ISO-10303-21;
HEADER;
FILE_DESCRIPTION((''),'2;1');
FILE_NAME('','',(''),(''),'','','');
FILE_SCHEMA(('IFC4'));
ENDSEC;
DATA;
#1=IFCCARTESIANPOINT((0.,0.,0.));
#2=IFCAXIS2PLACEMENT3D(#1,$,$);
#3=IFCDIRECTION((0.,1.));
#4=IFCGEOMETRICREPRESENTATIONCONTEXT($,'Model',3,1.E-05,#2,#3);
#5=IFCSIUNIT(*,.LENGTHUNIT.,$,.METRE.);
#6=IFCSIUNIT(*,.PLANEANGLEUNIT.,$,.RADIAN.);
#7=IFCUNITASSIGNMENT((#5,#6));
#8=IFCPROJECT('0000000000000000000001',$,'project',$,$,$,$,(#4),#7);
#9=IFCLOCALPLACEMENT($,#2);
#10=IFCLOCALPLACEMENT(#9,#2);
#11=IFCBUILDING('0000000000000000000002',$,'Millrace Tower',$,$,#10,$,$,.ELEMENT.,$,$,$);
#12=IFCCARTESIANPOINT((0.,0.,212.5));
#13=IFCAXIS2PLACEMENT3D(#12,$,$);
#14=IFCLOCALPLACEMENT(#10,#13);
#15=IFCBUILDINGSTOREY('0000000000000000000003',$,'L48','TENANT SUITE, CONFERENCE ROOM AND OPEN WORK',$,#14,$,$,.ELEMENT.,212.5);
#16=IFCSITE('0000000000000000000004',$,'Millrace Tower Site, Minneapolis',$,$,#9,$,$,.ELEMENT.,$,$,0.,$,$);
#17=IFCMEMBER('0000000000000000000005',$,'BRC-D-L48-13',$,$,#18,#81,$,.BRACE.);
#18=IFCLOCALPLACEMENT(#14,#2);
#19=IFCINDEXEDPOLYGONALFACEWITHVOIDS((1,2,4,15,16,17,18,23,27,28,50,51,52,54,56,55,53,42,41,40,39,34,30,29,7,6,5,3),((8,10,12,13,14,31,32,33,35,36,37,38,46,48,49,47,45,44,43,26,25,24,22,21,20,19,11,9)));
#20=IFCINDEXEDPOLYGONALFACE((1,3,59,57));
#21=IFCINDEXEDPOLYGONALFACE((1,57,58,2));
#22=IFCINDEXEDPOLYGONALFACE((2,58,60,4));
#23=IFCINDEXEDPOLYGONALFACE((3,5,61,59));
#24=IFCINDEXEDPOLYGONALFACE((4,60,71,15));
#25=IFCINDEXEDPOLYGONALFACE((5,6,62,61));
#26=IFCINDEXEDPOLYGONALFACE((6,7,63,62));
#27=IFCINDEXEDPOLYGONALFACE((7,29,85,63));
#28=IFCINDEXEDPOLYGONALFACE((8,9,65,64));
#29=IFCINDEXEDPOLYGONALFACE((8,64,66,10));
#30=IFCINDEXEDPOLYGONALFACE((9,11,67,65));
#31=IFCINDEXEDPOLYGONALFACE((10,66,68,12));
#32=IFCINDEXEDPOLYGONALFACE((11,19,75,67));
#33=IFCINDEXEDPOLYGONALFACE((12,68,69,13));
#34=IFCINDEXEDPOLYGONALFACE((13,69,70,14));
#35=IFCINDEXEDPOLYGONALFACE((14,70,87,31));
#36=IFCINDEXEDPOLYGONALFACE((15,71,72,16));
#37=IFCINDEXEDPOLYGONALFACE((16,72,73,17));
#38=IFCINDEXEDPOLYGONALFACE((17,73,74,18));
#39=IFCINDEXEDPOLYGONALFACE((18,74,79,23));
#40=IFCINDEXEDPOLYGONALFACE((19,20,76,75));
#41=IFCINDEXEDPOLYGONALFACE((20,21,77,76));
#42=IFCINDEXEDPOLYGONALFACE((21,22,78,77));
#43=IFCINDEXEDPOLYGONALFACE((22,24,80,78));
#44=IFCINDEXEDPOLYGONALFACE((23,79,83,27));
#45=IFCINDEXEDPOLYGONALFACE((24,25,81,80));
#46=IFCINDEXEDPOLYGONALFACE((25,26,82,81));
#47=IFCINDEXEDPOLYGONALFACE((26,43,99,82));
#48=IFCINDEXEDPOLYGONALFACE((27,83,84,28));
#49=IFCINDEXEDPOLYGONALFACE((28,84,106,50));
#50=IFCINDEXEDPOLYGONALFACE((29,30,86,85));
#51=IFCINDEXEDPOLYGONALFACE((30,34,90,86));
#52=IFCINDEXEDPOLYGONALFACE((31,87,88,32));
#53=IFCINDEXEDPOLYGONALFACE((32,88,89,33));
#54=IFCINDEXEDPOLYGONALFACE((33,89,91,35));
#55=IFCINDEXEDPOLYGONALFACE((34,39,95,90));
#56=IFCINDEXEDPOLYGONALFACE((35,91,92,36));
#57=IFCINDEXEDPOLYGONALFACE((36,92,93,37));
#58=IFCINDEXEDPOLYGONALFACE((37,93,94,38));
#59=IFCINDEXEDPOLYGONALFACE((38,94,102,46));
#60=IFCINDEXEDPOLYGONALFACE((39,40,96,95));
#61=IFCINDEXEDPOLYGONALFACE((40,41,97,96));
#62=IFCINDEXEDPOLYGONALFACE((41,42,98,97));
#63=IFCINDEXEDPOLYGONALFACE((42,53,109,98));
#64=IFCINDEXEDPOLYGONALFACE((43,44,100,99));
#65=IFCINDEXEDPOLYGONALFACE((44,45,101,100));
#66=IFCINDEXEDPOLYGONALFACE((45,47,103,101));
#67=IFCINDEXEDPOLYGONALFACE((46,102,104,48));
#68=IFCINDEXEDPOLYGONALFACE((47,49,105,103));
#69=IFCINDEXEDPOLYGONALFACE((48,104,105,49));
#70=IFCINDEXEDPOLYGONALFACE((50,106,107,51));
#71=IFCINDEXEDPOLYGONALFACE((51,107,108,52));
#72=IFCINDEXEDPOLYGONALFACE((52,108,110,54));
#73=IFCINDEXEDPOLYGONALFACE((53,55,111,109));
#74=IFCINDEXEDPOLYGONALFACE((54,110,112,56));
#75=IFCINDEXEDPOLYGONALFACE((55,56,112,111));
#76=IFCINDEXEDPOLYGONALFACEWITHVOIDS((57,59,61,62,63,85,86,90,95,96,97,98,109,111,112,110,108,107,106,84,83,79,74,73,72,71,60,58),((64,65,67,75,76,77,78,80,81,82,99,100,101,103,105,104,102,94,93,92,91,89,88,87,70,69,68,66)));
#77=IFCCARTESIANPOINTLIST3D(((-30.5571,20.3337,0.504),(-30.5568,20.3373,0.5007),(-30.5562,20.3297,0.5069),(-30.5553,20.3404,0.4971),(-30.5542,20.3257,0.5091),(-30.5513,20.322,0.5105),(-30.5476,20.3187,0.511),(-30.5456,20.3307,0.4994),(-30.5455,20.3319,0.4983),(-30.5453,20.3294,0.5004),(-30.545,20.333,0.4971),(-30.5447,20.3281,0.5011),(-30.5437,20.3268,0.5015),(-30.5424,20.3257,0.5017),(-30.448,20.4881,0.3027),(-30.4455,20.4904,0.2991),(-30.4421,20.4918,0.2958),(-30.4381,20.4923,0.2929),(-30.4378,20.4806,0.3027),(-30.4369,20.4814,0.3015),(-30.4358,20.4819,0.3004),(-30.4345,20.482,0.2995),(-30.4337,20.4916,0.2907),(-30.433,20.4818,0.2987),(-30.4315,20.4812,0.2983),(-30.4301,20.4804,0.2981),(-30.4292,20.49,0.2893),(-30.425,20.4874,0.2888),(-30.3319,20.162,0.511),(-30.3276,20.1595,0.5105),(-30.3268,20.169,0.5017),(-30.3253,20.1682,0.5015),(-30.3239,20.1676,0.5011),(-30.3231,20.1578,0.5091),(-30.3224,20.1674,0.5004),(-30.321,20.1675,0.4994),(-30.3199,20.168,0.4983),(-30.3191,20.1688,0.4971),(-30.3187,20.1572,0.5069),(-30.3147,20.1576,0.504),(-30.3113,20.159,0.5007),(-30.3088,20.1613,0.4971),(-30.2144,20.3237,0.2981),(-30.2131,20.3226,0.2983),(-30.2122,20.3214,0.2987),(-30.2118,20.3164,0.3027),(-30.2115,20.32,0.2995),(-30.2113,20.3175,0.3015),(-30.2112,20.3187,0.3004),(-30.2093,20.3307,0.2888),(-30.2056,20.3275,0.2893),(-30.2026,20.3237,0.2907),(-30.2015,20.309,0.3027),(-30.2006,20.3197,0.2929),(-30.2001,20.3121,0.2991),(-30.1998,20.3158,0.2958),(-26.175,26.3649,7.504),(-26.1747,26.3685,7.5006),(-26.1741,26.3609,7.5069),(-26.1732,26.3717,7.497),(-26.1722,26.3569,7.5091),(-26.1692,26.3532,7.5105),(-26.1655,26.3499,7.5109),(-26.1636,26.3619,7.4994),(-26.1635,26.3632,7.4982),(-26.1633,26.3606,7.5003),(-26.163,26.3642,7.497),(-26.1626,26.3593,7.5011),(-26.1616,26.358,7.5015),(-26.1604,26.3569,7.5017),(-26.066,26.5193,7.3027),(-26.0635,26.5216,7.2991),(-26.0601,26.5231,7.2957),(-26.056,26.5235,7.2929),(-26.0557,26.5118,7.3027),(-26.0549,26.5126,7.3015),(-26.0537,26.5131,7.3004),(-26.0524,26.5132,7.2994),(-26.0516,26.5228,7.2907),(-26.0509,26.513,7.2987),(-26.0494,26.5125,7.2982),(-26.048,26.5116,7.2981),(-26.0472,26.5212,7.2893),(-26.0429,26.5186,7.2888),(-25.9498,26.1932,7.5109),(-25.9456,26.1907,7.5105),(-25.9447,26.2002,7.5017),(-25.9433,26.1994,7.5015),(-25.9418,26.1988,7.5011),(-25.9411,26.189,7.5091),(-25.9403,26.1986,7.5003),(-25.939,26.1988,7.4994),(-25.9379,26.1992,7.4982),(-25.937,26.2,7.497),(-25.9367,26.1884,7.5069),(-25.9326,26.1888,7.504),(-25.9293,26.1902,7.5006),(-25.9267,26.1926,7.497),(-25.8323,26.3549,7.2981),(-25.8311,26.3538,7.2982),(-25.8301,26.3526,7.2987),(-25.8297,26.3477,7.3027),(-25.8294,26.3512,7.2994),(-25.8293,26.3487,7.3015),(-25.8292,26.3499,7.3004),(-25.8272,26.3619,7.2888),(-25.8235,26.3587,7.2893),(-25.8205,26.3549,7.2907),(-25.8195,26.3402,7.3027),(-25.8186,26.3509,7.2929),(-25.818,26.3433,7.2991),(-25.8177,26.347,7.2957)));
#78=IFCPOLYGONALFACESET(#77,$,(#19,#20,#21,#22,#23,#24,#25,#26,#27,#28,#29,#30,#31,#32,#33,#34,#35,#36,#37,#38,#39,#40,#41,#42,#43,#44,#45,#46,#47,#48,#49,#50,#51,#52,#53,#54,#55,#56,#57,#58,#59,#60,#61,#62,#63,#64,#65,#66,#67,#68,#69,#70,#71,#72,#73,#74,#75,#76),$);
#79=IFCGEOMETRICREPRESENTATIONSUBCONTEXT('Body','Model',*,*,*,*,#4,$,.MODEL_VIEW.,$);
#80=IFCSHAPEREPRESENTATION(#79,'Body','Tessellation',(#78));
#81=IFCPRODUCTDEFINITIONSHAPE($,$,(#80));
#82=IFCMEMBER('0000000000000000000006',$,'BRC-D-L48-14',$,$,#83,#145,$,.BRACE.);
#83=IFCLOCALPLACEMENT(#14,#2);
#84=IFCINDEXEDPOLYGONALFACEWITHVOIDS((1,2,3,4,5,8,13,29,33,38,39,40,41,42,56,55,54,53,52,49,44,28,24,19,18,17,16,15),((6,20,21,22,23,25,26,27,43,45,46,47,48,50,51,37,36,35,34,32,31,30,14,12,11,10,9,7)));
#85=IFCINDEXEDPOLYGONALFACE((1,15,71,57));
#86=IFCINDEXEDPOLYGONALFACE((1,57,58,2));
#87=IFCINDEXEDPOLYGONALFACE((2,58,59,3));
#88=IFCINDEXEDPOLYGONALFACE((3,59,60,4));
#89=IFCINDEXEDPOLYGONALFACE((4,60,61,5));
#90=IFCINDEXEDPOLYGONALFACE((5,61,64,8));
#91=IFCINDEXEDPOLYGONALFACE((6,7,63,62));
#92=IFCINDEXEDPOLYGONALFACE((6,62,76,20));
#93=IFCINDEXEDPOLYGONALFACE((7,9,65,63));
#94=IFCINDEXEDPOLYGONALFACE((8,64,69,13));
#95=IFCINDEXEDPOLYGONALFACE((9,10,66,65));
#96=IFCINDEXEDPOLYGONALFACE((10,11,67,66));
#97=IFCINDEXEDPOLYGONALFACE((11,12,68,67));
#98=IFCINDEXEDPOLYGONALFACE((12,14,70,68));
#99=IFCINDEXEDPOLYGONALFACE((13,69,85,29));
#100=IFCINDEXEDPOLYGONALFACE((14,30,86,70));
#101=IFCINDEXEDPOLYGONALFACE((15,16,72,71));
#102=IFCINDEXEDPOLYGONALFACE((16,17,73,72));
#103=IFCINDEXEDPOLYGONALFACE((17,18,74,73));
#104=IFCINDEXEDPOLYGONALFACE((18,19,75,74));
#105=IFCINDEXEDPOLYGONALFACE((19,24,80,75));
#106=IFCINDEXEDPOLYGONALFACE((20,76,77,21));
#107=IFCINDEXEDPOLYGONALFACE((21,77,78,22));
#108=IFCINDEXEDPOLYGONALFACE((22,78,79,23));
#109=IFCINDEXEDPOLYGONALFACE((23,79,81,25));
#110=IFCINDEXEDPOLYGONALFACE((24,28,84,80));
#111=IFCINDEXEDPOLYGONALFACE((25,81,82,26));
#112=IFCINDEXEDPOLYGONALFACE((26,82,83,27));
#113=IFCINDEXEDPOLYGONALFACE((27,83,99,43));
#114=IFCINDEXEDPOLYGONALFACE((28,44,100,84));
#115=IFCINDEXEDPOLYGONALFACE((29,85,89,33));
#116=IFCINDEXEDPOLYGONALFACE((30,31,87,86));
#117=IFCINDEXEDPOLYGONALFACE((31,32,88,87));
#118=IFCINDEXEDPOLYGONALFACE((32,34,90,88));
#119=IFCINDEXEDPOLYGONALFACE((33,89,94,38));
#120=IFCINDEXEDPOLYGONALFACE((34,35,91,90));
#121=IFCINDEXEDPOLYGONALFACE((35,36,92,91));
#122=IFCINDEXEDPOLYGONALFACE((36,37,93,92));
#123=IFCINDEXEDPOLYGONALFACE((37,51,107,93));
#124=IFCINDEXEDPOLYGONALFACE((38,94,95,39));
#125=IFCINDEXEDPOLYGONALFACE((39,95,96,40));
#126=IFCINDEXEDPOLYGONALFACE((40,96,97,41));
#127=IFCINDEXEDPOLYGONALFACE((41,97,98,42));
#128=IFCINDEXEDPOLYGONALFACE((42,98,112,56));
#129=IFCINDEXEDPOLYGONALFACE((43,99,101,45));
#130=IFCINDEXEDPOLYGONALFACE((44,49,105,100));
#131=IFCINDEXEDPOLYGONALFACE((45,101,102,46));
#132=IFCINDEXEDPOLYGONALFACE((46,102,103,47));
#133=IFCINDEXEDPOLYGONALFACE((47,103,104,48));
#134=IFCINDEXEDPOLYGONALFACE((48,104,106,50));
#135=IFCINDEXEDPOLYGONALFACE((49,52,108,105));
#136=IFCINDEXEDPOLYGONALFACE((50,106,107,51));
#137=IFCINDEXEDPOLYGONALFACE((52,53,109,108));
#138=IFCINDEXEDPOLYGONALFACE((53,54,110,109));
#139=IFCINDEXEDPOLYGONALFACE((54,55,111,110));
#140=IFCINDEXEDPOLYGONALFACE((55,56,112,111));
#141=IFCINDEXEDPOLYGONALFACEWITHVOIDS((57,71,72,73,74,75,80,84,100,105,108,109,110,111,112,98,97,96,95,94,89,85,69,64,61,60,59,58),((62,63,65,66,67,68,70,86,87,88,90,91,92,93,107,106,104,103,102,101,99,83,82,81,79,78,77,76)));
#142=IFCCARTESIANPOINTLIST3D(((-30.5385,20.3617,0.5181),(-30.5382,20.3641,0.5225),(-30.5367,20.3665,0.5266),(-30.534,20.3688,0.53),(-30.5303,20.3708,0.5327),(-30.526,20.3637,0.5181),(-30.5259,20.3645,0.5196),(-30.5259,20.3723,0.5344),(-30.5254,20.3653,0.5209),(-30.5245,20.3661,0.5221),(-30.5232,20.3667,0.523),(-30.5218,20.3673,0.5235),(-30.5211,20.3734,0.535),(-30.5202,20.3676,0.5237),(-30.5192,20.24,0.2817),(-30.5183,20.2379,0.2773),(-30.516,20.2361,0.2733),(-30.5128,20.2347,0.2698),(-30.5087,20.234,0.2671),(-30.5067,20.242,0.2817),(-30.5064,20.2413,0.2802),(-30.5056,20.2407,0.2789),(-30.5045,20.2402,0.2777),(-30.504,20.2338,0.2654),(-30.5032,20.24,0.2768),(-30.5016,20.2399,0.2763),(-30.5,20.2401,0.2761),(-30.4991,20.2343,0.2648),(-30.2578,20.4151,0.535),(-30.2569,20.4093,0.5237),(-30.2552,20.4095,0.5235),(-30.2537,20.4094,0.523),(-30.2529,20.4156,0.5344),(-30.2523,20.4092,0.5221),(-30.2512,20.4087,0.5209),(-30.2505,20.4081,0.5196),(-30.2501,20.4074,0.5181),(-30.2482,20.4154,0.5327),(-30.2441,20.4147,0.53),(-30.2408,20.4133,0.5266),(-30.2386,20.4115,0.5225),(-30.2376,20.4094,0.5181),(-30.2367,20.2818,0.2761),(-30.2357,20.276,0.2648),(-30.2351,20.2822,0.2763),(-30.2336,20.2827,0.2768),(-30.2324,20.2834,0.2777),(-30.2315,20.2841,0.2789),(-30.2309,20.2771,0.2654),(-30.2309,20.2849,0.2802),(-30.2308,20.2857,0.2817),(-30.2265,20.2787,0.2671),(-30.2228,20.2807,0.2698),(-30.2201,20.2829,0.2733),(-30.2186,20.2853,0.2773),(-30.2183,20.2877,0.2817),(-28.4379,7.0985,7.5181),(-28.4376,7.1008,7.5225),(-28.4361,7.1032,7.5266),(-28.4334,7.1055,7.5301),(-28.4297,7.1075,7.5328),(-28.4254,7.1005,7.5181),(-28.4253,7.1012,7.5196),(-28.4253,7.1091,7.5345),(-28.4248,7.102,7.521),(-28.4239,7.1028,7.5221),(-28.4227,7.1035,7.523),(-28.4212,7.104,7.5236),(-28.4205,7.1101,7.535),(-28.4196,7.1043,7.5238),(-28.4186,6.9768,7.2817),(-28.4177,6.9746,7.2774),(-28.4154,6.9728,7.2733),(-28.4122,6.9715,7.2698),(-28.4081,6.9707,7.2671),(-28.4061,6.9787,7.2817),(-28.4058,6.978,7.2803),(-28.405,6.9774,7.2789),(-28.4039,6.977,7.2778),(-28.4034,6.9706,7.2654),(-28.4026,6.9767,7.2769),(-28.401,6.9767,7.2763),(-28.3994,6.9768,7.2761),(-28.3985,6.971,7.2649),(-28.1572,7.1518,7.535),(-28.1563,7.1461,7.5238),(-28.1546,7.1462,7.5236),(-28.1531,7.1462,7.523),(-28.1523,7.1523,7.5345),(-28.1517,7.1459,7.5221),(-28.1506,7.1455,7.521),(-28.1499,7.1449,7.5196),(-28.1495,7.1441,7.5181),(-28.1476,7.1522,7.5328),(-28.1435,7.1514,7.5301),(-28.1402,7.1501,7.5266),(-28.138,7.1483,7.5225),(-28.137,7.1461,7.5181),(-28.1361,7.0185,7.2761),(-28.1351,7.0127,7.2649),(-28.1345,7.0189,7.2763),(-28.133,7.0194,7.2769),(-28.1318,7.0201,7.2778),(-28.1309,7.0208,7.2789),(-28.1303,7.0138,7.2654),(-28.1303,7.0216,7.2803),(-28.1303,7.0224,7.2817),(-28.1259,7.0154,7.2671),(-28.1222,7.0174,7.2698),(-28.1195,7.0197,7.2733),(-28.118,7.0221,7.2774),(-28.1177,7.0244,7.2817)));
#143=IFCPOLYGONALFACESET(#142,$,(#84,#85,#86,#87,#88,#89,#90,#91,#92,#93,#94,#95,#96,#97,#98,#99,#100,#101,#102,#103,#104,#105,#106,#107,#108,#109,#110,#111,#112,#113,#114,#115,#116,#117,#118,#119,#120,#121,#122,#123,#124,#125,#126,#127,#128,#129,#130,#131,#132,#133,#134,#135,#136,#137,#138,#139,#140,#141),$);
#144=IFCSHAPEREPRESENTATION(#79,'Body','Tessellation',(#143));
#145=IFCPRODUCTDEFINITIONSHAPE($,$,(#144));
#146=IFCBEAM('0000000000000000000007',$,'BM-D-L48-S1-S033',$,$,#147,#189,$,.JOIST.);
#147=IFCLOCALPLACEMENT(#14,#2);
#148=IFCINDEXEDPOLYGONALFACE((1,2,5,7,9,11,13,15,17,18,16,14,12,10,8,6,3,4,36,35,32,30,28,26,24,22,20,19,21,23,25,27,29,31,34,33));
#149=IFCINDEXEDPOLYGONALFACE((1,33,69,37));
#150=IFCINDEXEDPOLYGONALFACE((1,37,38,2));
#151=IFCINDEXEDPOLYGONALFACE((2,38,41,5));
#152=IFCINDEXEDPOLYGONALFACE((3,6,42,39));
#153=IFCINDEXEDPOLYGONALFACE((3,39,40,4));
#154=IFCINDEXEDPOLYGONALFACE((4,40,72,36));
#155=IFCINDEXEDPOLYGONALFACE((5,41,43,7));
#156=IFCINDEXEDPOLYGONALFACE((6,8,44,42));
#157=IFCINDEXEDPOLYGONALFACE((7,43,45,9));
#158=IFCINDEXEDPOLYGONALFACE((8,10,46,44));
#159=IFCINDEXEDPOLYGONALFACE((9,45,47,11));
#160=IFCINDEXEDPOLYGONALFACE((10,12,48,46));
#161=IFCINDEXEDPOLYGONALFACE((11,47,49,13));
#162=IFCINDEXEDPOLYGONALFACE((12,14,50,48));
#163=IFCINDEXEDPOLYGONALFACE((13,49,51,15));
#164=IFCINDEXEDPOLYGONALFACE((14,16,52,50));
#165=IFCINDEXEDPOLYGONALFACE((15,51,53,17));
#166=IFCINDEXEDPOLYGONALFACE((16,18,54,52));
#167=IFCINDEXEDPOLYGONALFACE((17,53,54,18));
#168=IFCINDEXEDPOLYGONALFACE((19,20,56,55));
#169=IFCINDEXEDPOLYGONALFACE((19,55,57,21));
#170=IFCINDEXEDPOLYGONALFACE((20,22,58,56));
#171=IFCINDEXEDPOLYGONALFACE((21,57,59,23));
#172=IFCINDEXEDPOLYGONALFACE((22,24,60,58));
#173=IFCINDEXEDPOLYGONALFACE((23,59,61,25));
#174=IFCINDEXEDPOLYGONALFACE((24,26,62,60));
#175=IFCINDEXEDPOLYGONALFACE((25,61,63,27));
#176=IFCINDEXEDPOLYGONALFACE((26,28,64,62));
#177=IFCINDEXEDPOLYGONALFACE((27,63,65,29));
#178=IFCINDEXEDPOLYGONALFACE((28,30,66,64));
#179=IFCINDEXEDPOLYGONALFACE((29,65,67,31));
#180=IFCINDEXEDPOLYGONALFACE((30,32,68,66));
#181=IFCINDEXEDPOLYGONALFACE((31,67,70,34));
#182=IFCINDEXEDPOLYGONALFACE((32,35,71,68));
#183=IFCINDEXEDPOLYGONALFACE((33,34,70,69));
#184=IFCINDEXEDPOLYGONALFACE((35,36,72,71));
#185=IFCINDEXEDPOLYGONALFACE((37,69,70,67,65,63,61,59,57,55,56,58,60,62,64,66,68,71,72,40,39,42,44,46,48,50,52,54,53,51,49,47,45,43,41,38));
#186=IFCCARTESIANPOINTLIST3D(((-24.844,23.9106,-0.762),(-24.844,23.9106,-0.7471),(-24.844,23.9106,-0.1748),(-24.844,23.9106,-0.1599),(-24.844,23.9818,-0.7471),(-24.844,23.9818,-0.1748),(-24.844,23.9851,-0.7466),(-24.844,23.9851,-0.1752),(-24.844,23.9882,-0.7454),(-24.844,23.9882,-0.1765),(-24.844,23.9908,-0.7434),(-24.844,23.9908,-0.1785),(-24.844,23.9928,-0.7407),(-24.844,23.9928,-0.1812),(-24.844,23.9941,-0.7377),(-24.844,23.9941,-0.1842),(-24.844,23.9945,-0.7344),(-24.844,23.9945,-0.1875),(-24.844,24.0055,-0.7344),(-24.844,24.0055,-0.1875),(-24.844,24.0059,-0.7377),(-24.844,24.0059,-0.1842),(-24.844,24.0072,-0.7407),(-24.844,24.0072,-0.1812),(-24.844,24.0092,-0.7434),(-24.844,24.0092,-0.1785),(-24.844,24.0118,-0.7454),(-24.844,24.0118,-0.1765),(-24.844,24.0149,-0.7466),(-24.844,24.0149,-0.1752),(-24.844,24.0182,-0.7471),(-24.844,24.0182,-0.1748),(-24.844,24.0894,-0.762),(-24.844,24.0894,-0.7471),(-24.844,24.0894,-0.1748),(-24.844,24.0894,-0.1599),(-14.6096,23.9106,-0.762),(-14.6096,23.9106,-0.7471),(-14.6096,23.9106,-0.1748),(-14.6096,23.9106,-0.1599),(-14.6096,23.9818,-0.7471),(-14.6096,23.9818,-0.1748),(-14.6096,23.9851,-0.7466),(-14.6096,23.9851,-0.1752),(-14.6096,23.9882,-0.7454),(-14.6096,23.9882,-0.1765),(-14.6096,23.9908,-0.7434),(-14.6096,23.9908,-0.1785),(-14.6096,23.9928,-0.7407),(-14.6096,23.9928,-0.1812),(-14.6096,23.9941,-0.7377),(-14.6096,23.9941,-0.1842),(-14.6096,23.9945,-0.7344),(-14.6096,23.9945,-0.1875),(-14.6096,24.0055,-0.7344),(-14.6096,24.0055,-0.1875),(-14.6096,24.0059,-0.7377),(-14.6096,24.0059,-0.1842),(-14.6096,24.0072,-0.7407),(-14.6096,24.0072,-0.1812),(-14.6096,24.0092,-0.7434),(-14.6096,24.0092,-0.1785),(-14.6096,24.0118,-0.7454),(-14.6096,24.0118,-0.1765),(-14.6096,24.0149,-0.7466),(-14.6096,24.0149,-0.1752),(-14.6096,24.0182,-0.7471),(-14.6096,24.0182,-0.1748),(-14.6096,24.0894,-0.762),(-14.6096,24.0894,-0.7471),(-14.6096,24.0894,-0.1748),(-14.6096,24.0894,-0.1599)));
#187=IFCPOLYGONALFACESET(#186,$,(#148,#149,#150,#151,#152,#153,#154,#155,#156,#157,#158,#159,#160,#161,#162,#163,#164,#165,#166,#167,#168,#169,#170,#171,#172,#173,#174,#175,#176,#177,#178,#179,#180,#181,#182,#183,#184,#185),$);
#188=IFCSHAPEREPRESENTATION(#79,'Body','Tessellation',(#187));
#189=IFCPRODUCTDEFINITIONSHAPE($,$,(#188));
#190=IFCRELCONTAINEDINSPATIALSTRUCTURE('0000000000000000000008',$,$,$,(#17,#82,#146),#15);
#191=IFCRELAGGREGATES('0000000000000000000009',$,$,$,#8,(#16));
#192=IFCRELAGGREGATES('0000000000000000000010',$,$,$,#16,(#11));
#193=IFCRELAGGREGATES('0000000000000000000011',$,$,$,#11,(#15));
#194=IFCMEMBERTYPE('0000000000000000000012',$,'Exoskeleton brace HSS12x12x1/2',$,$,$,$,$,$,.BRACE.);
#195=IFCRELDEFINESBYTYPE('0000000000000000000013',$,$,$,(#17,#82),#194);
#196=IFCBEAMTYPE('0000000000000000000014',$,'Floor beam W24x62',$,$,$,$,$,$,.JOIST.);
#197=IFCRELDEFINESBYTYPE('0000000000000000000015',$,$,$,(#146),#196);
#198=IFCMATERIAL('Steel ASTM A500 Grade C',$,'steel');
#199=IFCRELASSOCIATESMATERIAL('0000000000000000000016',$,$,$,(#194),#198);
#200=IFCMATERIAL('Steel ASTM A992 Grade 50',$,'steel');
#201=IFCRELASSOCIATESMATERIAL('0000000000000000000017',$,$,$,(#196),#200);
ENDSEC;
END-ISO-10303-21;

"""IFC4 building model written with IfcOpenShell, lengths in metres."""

from ifc_helpers import new_model, si_unit, direction, frame, origin, origin_2d, place, context, subcontext, project, spatial, hollow_rectangle, i_section, extrude, material, material_profile, profile_set, type_object, element, save


model = new_model("IFC4")

# Units and contexts
model_context = context("Model", 3, precision=1e-05, world=origin(), true_north=direction((0.0, 1.0)))
body_context = subcontext(model_context, "Body", "Model", "MODEL_VIEW")
ifc_project = project(units=[si_unit("LENGTHUNIT", "METRE"), si_unit("PLANEANGLEUNIT", "RADIAN")], contexts=[model_context])

# Site, building, storey
site_placement = place(None, origin())
site = spatial("IfcSite", under=ifc_project, at=site_placement, Name="Millrace Tower Site, Minneapolis", CompositionType="ELEMENT", RefElevation=0.0)
building_placement = place(site_placement, origin())
building = spatial("IfcBuilding", under=site, at=building_placement, Name="Millrace Tower", CompositionType="ELEMENT")
storey_placement = place(building_placement, frame((0.0, 0.0, 212.5)))
storey = spatial("IfcBuildingStorey", under=building, at=storey_placement, Name="L48", Description="TENANT SUITE, CONFERENCE ROOM AND OPEN WORK", CompositionType="ELEMENT", Elevation=212.5)

# Members
ifc_material_1 = material(Name="Steel ASTM A500 Grade C", Category="steel")
ifc_material_profile_1 = material_profile(ifc_material_1, hollow_rectangle(XDim=0.3047, YDim=0.3047, WallThickness=0.0127, InnerFilletRadius=0.0063, OuterFilletRadius=0.019, at=origin_2d()))
ifc_profile_set_1 = profile_set([ifc_material_profile_1], Name="Steel ASTM A500 Grade C")
member_type_1 = type_object("IfcMemberType", Name="Exoskeleton brace HSS12x12x1/2", PredefinedType="BRACE", material=ifc_profile_set_1)
member_1_placement = place(storey_placement, frame((-30.3784, 20.3247, 0.3999), z_axis=(0.428508, 0.589774, 0.684505), x_axis=(-0.809009, 0.587796, 0.0)))
element("IfcMember", 1, at=member_1_placement, inside=storey, type_object=member_type_1, Name="BRC-D-L48-13", PredefinedType="BRACE", context=body_context, shape_type="SweptSolid", body=[
    extrude(hollow_rectangle(XDim=0.3047, YDim=0.3047, WallThickness=0.0127, InnerFilletRadius=0.0063, OuterFilletRadius=0.019, at=origin_2d()), origin(), (0.0, 0.0, 1.0), 10.2263),
])
member_2_placement = place(storey_placement, frame((-30.3784, 20.3247, 0.3999), z_axis=(0.138712, -0.875836, 0.462246), x_axis=(0.987689, 0.156427, 0.0)))
element("IfcMember", 2, at=member_2_placement, inside=storey, type_object=member_type_1, Name="BRC-D-L48-14", PredefinedType="BRACE", context=body_context, shape_type="SweptSolid", body=[
    extrude(hollow_rectangle(XDim=0.3047, YDim=0.3047, WallThickness=0.0127, InnerFilletRadius=0.0063, OuterFilletRadius=0.019, at=origin_2d()), origin(), (0.0, 0.0, 1.0), 15.1436),
])

# Beam
ifc_material_2 = material(Name="Steel ASTM A992 Grade 50", Category="steel")
ifc_material_profile_2 = material_profile(ifc_material_2, i_section(OverallWidth=0.1787, OverallDepth=0.6021, WebThickness=0.011, FlangeThickness=0.0149, FilletRadius=0.0127, at=origin_2d()))
ifc_profile_set_2 = profile_set([ifc_material_profile_2], Name="Steel ASTM A992 Grade 50")
beam_type_1 = type_object("IfcBeamType", Name="Floor beam W24x62", PredefinedType="JOIST", material=ifc_profile_set_2)
beam_1_placement = place(storey_placement, frame((-24.844, 24.0, -0.4609), z_axis=(1.0, 0.0, 0.0), x_axis=(0.0, 1.0, 0.0)))
element("IfcBeam", 3, at=beam_1_placement, inside=storey, type_object=beam_type_1, Name="BM-D-L48-S1-S033", PredefinedType="JOIST", context=body_context, shape_type="SweptSolid", body=[
    extrude(i_section(OverallWidth=0.1787, OverallDepth=0.6021, WebThickness=0.011, FlangeThickness=0.0149, FilletRadius=0.0127, at=origin_2d()), origin(), (0.0, 0.0, 1.0), 10.2344),
])

save(model, "model.ifc")
